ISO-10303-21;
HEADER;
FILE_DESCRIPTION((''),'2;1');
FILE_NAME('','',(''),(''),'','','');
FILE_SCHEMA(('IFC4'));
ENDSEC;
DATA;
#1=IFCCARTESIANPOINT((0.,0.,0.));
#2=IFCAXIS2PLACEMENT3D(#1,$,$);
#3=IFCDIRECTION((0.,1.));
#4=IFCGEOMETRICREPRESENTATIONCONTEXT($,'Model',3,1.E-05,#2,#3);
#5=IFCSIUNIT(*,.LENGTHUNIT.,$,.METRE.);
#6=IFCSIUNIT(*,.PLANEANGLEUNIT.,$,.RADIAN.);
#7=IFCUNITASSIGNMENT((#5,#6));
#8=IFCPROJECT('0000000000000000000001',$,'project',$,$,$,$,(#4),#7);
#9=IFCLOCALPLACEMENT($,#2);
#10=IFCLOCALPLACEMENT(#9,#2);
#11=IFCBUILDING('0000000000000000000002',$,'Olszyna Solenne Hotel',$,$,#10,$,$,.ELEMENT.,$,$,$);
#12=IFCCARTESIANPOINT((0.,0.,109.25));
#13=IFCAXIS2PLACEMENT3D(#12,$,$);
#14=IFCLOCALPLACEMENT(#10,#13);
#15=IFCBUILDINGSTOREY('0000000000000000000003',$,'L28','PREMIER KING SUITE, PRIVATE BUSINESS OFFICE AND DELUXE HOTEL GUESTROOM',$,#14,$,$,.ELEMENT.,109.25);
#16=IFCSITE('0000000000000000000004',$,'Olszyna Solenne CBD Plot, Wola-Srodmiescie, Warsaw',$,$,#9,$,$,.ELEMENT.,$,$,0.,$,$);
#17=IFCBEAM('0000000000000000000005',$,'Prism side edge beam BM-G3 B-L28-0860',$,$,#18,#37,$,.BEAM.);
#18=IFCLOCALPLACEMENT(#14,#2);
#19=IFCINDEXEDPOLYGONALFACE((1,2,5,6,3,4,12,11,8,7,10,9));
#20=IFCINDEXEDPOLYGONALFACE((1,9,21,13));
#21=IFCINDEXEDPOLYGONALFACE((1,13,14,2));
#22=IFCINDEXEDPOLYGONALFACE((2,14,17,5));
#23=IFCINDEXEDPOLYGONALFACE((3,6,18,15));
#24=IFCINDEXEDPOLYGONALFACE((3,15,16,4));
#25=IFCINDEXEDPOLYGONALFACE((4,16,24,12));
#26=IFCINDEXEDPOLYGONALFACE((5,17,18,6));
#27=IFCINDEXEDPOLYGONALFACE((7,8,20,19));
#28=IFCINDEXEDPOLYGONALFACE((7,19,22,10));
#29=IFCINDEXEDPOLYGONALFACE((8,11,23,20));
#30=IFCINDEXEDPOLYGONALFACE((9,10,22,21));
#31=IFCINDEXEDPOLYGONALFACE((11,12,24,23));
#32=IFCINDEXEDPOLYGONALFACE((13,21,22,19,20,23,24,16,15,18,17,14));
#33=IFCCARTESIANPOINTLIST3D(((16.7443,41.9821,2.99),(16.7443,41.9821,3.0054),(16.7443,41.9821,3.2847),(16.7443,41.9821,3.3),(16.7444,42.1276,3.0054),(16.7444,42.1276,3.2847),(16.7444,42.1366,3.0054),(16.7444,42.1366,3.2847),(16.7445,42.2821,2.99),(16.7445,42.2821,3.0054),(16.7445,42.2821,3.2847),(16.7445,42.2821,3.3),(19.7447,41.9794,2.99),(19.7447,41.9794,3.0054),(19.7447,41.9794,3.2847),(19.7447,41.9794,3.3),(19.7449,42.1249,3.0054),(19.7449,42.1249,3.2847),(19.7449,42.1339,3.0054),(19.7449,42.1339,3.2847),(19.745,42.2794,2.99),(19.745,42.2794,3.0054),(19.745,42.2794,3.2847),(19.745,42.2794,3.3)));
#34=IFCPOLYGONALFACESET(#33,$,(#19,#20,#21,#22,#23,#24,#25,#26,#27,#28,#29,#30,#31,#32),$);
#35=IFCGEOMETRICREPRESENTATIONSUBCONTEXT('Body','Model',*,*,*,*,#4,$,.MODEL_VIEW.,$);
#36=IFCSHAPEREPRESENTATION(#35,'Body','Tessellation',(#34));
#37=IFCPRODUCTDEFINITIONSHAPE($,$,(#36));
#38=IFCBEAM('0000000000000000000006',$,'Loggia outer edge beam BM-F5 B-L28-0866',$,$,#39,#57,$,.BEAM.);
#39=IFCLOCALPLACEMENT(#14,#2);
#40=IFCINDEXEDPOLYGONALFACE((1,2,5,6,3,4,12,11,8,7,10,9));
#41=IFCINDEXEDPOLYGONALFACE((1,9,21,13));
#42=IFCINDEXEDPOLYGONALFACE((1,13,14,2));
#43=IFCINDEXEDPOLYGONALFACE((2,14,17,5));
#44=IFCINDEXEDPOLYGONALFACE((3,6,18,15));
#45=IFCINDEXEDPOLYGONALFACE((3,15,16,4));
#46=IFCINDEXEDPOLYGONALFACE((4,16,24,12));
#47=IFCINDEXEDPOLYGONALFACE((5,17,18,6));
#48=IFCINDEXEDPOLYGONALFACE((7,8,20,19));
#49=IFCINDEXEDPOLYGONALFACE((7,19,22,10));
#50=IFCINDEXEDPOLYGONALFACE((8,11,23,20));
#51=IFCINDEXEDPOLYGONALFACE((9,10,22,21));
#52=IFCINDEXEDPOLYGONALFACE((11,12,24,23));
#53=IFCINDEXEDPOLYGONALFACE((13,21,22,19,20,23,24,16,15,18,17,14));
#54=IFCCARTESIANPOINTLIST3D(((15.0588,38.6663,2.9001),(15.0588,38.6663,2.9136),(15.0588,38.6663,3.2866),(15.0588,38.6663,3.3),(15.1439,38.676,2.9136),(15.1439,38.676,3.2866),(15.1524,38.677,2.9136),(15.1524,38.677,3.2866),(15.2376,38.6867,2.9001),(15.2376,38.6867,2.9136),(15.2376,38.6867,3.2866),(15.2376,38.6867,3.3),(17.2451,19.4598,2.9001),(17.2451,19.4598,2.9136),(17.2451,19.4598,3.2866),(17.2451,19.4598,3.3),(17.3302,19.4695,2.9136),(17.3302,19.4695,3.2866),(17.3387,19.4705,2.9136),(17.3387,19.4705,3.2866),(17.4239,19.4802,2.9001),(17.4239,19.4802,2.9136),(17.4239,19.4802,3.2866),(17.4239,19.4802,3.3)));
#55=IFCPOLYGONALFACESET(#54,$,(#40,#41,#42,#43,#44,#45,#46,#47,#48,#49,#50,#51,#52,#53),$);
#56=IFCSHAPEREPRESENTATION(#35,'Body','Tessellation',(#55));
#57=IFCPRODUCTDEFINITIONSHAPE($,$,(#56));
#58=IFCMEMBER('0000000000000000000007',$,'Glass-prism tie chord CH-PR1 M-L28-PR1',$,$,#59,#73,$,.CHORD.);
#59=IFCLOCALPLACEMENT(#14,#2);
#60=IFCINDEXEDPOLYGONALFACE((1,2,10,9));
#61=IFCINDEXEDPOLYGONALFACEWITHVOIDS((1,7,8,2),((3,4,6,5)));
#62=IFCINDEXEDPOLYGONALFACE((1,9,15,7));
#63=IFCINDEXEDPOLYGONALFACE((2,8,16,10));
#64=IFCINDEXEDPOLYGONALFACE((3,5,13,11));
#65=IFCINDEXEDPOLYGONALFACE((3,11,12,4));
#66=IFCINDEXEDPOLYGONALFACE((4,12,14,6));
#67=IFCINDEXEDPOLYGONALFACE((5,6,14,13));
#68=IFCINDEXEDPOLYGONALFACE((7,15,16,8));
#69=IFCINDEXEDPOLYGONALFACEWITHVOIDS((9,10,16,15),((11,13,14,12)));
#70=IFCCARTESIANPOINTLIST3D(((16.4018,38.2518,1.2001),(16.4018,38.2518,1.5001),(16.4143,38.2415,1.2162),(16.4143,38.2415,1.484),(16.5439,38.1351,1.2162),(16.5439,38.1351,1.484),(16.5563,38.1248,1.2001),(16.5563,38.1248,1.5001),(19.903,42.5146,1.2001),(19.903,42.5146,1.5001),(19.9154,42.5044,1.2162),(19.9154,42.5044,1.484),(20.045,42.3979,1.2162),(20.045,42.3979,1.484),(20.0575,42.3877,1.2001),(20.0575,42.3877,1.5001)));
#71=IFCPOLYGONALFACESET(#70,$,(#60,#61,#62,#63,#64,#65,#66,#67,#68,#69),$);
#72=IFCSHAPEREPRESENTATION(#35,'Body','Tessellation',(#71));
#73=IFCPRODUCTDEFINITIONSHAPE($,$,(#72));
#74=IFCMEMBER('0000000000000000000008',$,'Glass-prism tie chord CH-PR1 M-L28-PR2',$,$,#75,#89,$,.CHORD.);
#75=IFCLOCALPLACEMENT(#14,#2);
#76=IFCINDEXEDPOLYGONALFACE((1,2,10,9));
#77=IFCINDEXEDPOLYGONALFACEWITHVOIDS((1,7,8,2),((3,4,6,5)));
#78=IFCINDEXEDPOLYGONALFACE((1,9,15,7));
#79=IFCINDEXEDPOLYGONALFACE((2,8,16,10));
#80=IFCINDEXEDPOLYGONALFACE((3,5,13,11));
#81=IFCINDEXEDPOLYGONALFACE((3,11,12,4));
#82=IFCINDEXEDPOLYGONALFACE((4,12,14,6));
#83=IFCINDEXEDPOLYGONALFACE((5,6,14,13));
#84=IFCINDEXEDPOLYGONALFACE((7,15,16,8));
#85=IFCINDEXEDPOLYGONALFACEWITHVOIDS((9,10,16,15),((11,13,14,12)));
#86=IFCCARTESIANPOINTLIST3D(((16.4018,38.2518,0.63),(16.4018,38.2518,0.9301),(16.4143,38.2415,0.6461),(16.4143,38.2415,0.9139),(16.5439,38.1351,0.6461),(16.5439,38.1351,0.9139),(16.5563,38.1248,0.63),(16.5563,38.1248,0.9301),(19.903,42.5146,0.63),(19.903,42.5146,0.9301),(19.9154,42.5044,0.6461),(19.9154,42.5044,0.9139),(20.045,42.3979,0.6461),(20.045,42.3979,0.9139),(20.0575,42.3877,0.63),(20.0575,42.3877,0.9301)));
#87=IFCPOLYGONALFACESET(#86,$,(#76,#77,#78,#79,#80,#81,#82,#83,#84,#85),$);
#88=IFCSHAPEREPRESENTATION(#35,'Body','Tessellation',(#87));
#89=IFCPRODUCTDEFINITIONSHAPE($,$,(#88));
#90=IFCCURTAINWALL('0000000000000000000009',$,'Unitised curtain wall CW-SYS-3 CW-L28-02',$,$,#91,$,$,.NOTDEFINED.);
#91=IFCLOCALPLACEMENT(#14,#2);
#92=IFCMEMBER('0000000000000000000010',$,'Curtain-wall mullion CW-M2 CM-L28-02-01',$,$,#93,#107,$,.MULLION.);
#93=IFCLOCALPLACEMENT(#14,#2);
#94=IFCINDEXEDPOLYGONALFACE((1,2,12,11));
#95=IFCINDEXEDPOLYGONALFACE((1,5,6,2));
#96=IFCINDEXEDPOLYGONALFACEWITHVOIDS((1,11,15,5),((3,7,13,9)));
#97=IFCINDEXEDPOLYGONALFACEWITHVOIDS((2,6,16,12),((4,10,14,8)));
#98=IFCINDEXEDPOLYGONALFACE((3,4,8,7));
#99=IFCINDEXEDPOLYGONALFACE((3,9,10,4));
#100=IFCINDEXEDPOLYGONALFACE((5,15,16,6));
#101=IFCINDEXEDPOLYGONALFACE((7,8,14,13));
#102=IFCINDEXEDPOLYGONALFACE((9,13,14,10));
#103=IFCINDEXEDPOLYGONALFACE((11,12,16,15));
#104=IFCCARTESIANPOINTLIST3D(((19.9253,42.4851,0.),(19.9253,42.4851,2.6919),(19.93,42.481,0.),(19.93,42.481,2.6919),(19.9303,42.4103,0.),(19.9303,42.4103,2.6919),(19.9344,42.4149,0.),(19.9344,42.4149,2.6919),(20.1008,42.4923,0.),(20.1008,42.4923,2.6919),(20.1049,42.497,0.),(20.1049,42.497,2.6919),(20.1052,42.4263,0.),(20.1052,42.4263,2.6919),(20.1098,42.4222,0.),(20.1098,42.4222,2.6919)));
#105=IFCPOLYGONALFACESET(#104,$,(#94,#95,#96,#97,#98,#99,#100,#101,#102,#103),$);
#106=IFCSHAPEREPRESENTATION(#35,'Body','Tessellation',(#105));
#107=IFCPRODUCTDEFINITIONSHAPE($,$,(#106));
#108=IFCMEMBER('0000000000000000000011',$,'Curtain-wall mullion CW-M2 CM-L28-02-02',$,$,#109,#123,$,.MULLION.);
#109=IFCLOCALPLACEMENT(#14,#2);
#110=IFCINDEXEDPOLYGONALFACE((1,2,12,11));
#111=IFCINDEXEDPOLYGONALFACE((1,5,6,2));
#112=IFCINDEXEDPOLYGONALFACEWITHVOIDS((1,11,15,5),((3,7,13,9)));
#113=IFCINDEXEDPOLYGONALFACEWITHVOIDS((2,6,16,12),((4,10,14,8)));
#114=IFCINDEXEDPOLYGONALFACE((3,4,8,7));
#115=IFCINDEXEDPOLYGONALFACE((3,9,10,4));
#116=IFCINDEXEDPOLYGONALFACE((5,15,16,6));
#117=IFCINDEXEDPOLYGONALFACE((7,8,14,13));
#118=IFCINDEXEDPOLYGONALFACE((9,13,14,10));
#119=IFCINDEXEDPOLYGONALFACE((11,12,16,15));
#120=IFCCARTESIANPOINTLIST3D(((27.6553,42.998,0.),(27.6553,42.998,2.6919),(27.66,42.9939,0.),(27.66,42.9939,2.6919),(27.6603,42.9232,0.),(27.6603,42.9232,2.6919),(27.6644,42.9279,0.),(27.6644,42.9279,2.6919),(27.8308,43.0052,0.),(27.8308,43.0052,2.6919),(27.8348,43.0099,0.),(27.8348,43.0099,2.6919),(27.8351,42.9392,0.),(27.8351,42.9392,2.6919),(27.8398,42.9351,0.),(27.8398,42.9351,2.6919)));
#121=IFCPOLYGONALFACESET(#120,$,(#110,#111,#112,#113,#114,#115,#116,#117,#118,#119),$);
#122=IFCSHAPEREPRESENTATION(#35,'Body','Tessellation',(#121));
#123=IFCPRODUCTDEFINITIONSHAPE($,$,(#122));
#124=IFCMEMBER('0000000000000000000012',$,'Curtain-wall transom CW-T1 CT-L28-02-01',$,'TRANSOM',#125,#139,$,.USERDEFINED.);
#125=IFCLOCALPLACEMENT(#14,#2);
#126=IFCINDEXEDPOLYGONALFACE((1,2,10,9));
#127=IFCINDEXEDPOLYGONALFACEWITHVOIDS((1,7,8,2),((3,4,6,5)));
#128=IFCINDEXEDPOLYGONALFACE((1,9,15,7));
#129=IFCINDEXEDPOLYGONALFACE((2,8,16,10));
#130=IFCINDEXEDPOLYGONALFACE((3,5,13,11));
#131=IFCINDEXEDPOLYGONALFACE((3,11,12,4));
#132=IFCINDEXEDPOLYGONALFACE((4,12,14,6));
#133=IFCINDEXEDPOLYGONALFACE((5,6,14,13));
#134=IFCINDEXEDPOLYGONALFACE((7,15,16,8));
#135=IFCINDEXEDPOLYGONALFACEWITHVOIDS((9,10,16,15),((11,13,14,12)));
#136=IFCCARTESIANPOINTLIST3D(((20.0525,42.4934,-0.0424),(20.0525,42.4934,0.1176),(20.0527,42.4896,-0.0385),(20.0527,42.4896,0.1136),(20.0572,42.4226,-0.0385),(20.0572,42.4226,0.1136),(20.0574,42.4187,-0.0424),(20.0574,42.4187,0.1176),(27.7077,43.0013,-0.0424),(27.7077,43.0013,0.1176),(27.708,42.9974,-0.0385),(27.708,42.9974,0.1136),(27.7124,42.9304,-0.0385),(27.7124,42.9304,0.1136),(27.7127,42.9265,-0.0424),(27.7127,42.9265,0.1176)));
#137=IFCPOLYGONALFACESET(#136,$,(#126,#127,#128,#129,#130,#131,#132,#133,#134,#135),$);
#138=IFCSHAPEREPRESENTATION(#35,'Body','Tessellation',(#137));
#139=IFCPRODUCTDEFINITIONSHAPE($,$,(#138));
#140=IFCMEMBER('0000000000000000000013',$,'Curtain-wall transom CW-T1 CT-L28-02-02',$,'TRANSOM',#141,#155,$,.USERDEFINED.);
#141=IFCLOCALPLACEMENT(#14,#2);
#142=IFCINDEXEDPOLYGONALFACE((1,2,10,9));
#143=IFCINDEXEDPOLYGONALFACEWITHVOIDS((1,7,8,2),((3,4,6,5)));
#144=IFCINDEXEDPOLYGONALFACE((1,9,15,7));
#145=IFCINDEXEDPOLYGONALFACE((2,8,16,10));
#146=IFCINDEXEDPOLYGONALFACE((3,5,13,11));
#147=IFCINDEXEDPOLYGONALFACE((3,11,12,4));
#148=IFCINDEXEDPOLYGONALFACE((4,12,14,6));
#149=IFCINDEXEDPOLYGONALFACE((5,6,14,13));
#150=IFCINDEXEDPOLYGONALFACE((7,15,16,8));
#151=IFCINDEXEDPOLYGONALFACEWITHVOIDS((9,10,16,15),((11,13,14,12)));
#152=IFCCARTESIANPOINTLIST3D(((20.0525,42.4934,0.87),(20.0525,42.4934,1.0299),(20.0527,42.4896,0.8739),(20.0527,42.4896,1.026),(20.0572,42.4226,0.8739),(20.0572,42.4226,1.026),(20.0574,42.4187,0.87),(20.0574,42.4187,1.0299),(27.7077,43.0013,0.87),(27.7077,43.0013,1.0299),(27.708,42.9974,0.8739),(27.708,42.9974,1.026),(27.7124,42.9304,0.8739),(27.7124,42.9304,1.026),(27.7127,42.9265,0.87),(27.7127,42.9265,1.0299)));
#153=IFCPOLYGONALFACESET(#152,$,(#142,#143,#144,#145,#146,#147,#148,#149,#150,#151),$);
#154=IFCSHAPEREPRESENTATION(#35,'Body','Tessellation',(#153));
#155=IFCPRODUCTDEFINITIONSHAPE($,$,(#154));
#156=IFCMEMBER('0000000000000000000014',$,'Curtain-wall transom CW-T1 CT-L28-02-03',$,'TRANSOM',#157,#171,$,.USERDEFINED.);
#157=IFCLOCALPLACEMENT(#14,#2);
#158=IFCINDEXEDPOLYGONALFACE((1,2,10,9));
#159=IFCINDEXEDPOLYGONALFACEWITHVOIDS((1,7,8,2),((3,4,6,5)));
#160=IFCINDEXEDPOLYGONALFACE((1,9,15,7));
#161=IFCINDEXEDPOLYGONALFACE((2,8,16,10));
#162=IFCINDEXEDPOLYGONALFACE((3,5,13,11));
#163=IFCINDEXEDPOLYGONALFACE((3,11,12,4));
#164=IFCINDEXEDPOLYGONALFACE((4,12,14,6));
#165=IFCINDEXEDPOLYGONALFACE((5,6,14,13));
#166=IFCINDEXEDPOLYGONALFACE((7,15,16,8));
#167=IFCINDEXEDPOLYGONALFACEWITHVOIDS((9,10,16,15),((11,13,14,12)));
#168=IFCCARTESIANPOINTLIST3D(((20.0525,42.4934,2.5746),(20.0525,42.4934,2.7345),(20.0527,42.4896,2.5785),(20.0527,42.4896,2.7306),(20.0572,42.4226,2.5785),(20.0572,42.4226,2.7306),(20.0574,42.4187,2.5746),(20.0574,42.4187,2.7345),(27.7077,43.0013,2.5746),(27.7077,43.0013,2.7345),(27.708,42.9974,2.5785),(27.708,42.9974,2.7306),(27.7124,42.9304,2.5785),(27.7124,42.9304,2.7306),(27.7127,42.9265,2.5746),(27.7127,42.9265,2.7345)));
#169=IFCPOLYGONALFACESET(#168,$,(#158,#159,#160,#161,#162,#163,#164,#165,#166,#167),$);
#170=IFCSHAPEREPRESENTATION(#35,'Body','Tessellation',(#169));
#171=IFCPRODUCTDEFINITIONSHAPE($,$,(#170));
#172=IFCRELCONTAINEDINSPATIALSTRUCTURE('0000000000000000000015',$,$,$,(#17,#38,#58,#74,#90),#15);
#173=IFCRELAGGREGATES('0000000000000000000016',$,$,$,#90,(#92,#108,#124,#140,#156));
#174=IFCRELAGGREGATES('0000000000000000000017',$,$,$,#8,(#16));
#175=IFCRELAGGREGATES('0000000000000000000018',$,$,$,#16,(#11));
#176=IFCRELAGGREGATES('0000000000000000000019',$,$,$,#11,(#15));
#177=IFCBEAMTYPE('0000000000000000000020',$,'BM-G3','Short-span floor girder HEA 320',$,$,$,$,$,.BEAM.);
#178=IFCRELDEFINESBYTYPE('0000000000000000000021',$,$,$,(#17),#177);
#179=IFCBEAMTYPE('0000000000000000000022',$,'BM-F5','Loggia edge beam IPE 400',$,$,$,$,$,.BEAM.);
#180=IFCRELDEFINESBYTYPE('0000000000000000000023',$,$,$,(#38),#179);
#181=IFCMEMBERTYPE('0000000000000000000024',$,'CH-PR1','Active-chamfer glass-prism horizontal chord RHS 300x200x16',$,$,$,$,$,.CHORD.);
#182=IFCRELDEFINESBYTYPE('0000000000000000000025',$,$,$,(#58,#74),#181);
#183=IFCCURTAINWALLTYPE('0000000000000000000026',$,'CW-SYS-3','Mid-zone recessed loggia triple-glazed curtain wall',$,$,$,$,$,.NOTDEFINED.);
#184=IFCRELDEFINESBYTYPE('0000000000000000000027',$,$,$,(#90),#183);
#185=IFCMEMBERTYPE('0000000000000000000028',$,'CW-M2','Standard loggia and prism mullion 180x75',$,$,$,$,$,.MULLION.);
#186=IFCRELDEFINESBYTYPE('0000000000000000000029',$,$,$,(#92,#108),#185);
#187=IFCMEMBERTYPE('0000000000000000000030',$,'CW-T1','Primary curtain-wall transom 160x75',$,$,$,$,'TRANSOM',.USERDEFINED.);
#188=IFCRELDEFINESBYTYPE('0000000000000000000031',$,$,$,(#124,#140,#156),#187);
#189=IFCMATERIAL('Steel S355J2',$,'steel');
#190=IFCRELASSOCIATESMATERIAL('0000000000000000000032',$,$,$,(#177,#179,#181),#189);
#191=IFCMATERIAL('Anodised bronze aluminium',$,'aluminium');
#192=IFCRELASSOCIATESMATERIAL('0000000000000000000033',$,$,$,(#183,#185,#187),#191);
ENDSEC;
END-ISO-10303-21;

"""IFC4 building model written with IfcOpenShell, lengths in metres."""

from ifc_helpers import new_model, si_unit, direction, frame, origin, origin_2d, place, context, subcontext, project, spatial, hollow_rectangle, i_section, extrude, source, transform, mapped, material, material_profile, profile_set, type_object, element, aggregate, save


model = new_model("IFC4")

# Units and contexts
model_context = context("Model", 3, precision=1e-05, world=origin(), true_north=direction((0.0, 1.0)))
body_context = subcontext(model_context, "Body", "Model", "MODEL_VIEW")
ifc_project = project(units=[si_unit("LENGTHUNIT", "METRE"), si_unit("PLANEANGLEUNIT", "RADIAN")], contexts=[model_context])

# Site, building, storey
site_placement = place(None, origin())
site = spatial("IfcSite", under=ifc_project, at=site_placement, Name="Olszyna Solenne CBD Plot, Wola-Srodmiescie, Warsaw", CompositionType="ELEMENT", RefElevation=0.0)
building_placement = place(site_placement, origin())
building = spatial("IfcBuilding", under=site, at=building_placement, Name="Olszyna Solenne Hotel", CompositionType="ELEMENT")
storey_placement = place(building_placement, frame((0.0, 0.0, 109.25)))
storey = spatial("IfcBuildingStorey", under=building, at=storey_placement, Name="L28", Description="PREMIER KING SUITE, PRIVATE BUSINESS OFFICE AND DELUXE HOTEL GUESTROOM", CompositionType="ELEMENT", Elevation=109.25)

# Beams
ifc_material_1 = material(Name="Steel S355J2", Category="steel")
ifc_material_profile_1 = material_profile(ifc_material_1, i_section(OverallWidth=0.3, OverallDepth=0.3101, WebThickness=0.009, FlangeThickness=0.0154, at=origin_2d()), Name="HEA 320", Category="load-bearing")
ifc_profile_set_1 = profile_set([ifc_material_profile_1], Name="Steel S355J2")
beam_type_1 = type_object("IfcBeamType", Name="BM-G3", Description="Short-span floor girder HEA 320", PredefinedType="BEAM", material=ifc_profile_set_1)
shared_shape_1 = source(origin(), body_context, "Body", "SweptSolid", [
    extrude(i_section(OverallWidth=0.3, OverallDepth=0.3101, WebThickness=0.009, FlangeThickness=0.0154, at=origin_2d()), origin(), (0.0, 0.0, 1.0), 3.0005),
])
beam_1_placement = place(storey_placement, frame((19.7449, 42.1294, 3.145), z_axis=(-1.0, 0.000895, 0.0), x_axis=(-0.000895, -1.0, 0.0)))
element("IfcBeam", 1, at=beam_1_placement, inside=storey, type_object=beam_type_1, Name="Prism side edge beam BM-G3 B-L28-0860", PredefinedType="BEAM", context=body_context, shape_type="MappedRepresentation", body=[
    mapped(shared_shape_1, transform((0.0, 0.0, 0.0), x_axis=(1.0, 0.0, 0.0), y_axis=(0.0, 1.0, 0.0), z_axis=(0.0, 0.0, 1.0), scale=1.0)),
])
ifc_material_profile_2 = material_profile(ifc_material_1, i_section(OverallWidth=0.1799, OverallDepth=0.3999, WebThickness=0.0085, FlangeThickness=0.0134, at=origin_2d()), Name="IPE 400", Category="load-bearing")
ifc_profile_set_2 = profile_set([ifc_material_profile_2], Name="Steel S355J2")
beam_type_2 = type_object("IfcBeamType", Name="BM-F5", Description="Loggia edge beam IPE 400", PredefinedType="BEAM", material=ifc_profile_set_2)
shared_shape_2 = source(origin(), body_context, "Body", "SweptSolid", [
    extrude(i_section(OverallWidth=0.1799, OverallDepth=0.3999, WebThickness=0.0085, FlangeThickness=0.0134, at=origin_2d()), origin(), (0.0, 0.0, 1.0), 19.3306),
])
beam_2_placement = place(storey_placement, frame((15.1482, 38.6765, 3.1001), z_axis=(0.1131, -0.993584, 0.0), x_axis=(0.993584, 0.1131, 0.0)))
element("IfcBeam", 2, at=beam_2_placement, inside=storey, type_object=beam_type_2, Name="Loggia outer edge beam BM-F5 B-L28-0866", PredefinedType="BEAM", context=body_context, shape_type="MappedRepresentation", body=[
    mapped(shared_shape_2, transform((0.0, 0.0, 0.0), x_axis=(1.0, 0.0, 0.0), y_axis=(0.0, 1.0, 0.0), z_axis=(0.0, 0.0, 1.0), scale=1.0)),
])

# Members
ifc_material_profile_3 = material_profile(ifc_material_1, hollow_rectangle(XDim=0.2, YDim=0.3, WallThickness=0.0161, at=origin_2d()), Name="RHS 300x200x16", Category="load-bearing")
ifc_profile_set_3 = profile_set([ifc_material_profile_3], Name="Steel S355J2")
member_type_1 = type_object("IfcMemberType", Name="CH-PR1", Description="Active-chamfer glass-prism horizontal chord RHS 300x200x16", PredefinedType="CHORD", material=ifc_profile_set_3)
shared_shape_3 = source(origin(), body_context, "Body", "SweptSolid", [
    extrude(hollow_rectangle(XDim=0.2, YDim=0.3, WallThickness=0.0161, at=origin_2d()), origin(), (0.0, 0.0, 1.0), 5.5164),
])
for number, where, z_axis, x_axis, name in (
    (3, (19.9802, 42.4512, 1.3501), (-0.634688, -0.772769, 0.0), (0.772769, -0.634688, 0.0), "Glass-prism tie chord CH-PR1 M-L28-PR1"),
    (4, (19.9802, 42.4512, 0.78), (-0.634688, -0.772769, 0.0), (0.772769, -0.634688, 0.0), "Glass-prism tie chord CH-PR1 M-L28-PR2"),
):
    element("IfcMember", number, at=place(storey_placement, frame(where, z_axis=z_axis, x_axis=x_axis)), inside=storey, type_object=member_type_1, Name=name, PredefinedType="CHORD", context=body_context, shape_type="MappedRepresentation", body=[
        mapped(shared_shape_3, transform((0.0, 0.0, 0.0), x_axis=(1.0, 0.0, 0.0), y_axis=(0.0, 1.0, 0.0), z_axis=(0.0, 0.0, 1.0), scale=1.0)),
    ])

# Curtain wall, members
ifc_material_2 = material(Name="Anodised bronze aluminium", Category="aluminium")
curtain_wall_type = type_object("IfcCurtainWallType", Name="CW-SYS-3", Description="Mid-zone recessed loggia triple-glazed curtain wall", PredefinedType="NOTDEFINED", material=ifc_material_2)
curtain_wall_placement = place(storey_placement, origin())
curtain_wall = element("IfcCurtainWall", 5, at=curtain_wall_placement, inside=storey, type_object=curtain_wall_type, Name="Unitised curtain wall CW-SYS-3 CW-L28-02", PredefinedType="NOTDEFINED")
ifc_material_profile_4 = material_profile(ifc_material_2, hollow_rectangle(XDim=0.075, YDim=0.1799, WallThickness=0.0044, at=origin_2d()), Name="MULL 180x75x4.5", Category="load-bearing")
ifc_profile_set_4 = profile_set([ifc_material_profile_4], Name="Anodised bronze aluminium")
member_type_2 = type_object("IfcMemberType", Name="CW-M2", Description="Standard loggia and prism mullion 180x75", PredefinedType="MULLION", material=ifc_profile_set_4)
shared_shape_4 = source(origin(), body_context, "Body", "SweptSolid", [
    extrude(hollow_rectangle(XDim=0.075, YDim=0.1799, WallThickness=0.0044, at=origin_2d()), origin(), (0.0, 0.0, 1.0), 2.6919),
])
member_1_placement = place(storey_placement, frame((20.0176, 42.4536, 0.0), z_axis=(0.0, 0.0, 1.0), x_axis=(-0.0662, 0.997806, 0.0)))
member_1 = element("IfcMember", 6, at=member_1_placement, type_object=member_type_2, Name="Curtain-wall mullion CW-M2 CM-L28-02-01", PredefinedType="MULLION", context=body_context, shape_type="MappedRepresentation", body=[
    mapped(shared_shape_4, transform((0.0, 0.0, 0.0), x_axis=(1.0, 0.0, 0.0), y_axis=(0.0, 1.0, 0.0), z_axis=(0.0, 0.0, 1.0), scale=1.0)),
])
member_2_placement = place(storey_placement, frame((27.7476, 42.9666, 0.0), z_axis=(0.0, 0.0, 1.0), x_axis=(-0.0662, 0.997806, 0.0)))
member_2 = element("IfcMember", 7, at=member_2_placement, type_object=member_type_2, Name="Curtain-wall mullion CW-M2 CM-L28-02-02", PredefinedType="MULLION", context=body_context, shape_type="MappedRepresentation", body=[
    mapped(shared_shape_4, transform((0.0, 0.0, 0.0), x_axis=(1.0, 0.0, 0.0), y_axis=(0.0, 1.0, 0.0), z_axis=(0.0, 0.0, 1.0), scale=1.0)),
])
ifc_material_profile_5 = material_profile(ifc_material_2, hollow_rectangle(XDim=0.075, YDim=0.1599, WallThickness=0.0039, at=origin_2d()), Name="TRAN 160x75x4", Category="load-bearing")
ifc_profile_set_5 = profile_set([ifc_material_profile_5], Name="Anodised bronze aluminium")
member_type_3 = type_object("IfcMemberType", Name="CW-T1", Description="Primary curtain-wall transom 160x75", ElementType="TRANSOM", PredefinedType="USERDEFINED", material=ifc_profile_set_5)
shared_shape_5 = source(origin(), body_context, "Body", "SweptSolid", [
    extrude(hollow_rectangle(XDim=0.075, YDim=0.1599, WallThickness=0.0039, at=origin_2d()), origin(), (0.0, 0.0, 1.0), 7.6721),
])
member_3_placement = place(storey_placement, frame((20.0549, 42.4561, 0.0376), z_axis=(0.997807, 0.06619, 0.0), x_axis=(-0.06619, 0.997807, 0.0)))
member_3 = element("IfcMember", 8, at=member_3_placement, type_object=member_type_3, Name="Curtain-wall transom CW-T1 CT-L28-02-01", ObjectType="TRANSOM", PredefinedType="USERDEFINED", context=body_context, shape_type="MappedRepresentation", body=[
    mapped(shared_shape_5, transform((0.0, 0.0, 0.0), x_axis=(1.0, 0.0, 0.0), y_axis=(0.0, 1.0, 0.0), z_axis=(0.0, 0.0, 1.0), scale=1.0)),
])
member_4_placement = place(storey_placement, frame((20.0549, 42.4561, 0.95), z_axis=(0.997807, 0.06619, 0.0), x_axis=(-0.06619, 0.997807, 0.0)))
member_4 = element("IfcMember", 9, at=member_4_placement, type_object=member_type_3, Name="Curtain-wall transom CW-T1 CT-L28-02-02", ObjectType="TRANSOM", PredefinedType="USERDEFINED", context=body_context, shape_type="MappedRepresentation", body=[
    mapped(shared_shape_5, transform((0.0, 0.0, 0.0), x_axis=(1.0, 0.0, 0.0), y_axis=(0.0, 1.0, 0.0), z_axis=(0.0, 0.0, 1.0), scale=1.0)),
])
member_5_placement = place(storey_placement, frame((20.0549, 42.4561, 2.6545), z_axis=(0.997807, 0.06619, 0.0), x_axis=(-0.06619, 0.997807, 0.0)))
member_5 = element("IfcMember", 10, at=member_5_placement, type_object=member_type_3, Name="Curtain-wall transom CW-T1 CT-L28-02-03", ObjectType="TRANSOM", PredefinedType="USERDEFINED", context=body_context, shape_type="MappedRepresentation", body=[
    mapped(shared_shape_5, transform((0.0, 0.0, 0.0), x_axis=(1.0, 0.0, 0.0), y_axis=(0.0, 1.0, 0.0), z_axis=(0.0, 0.0, 1.0), scale=1.0)),
])

aggregate(curtain_wall, [member_1, member_2, member_3, member_4, member_5])

save(model, "model.ifc")
